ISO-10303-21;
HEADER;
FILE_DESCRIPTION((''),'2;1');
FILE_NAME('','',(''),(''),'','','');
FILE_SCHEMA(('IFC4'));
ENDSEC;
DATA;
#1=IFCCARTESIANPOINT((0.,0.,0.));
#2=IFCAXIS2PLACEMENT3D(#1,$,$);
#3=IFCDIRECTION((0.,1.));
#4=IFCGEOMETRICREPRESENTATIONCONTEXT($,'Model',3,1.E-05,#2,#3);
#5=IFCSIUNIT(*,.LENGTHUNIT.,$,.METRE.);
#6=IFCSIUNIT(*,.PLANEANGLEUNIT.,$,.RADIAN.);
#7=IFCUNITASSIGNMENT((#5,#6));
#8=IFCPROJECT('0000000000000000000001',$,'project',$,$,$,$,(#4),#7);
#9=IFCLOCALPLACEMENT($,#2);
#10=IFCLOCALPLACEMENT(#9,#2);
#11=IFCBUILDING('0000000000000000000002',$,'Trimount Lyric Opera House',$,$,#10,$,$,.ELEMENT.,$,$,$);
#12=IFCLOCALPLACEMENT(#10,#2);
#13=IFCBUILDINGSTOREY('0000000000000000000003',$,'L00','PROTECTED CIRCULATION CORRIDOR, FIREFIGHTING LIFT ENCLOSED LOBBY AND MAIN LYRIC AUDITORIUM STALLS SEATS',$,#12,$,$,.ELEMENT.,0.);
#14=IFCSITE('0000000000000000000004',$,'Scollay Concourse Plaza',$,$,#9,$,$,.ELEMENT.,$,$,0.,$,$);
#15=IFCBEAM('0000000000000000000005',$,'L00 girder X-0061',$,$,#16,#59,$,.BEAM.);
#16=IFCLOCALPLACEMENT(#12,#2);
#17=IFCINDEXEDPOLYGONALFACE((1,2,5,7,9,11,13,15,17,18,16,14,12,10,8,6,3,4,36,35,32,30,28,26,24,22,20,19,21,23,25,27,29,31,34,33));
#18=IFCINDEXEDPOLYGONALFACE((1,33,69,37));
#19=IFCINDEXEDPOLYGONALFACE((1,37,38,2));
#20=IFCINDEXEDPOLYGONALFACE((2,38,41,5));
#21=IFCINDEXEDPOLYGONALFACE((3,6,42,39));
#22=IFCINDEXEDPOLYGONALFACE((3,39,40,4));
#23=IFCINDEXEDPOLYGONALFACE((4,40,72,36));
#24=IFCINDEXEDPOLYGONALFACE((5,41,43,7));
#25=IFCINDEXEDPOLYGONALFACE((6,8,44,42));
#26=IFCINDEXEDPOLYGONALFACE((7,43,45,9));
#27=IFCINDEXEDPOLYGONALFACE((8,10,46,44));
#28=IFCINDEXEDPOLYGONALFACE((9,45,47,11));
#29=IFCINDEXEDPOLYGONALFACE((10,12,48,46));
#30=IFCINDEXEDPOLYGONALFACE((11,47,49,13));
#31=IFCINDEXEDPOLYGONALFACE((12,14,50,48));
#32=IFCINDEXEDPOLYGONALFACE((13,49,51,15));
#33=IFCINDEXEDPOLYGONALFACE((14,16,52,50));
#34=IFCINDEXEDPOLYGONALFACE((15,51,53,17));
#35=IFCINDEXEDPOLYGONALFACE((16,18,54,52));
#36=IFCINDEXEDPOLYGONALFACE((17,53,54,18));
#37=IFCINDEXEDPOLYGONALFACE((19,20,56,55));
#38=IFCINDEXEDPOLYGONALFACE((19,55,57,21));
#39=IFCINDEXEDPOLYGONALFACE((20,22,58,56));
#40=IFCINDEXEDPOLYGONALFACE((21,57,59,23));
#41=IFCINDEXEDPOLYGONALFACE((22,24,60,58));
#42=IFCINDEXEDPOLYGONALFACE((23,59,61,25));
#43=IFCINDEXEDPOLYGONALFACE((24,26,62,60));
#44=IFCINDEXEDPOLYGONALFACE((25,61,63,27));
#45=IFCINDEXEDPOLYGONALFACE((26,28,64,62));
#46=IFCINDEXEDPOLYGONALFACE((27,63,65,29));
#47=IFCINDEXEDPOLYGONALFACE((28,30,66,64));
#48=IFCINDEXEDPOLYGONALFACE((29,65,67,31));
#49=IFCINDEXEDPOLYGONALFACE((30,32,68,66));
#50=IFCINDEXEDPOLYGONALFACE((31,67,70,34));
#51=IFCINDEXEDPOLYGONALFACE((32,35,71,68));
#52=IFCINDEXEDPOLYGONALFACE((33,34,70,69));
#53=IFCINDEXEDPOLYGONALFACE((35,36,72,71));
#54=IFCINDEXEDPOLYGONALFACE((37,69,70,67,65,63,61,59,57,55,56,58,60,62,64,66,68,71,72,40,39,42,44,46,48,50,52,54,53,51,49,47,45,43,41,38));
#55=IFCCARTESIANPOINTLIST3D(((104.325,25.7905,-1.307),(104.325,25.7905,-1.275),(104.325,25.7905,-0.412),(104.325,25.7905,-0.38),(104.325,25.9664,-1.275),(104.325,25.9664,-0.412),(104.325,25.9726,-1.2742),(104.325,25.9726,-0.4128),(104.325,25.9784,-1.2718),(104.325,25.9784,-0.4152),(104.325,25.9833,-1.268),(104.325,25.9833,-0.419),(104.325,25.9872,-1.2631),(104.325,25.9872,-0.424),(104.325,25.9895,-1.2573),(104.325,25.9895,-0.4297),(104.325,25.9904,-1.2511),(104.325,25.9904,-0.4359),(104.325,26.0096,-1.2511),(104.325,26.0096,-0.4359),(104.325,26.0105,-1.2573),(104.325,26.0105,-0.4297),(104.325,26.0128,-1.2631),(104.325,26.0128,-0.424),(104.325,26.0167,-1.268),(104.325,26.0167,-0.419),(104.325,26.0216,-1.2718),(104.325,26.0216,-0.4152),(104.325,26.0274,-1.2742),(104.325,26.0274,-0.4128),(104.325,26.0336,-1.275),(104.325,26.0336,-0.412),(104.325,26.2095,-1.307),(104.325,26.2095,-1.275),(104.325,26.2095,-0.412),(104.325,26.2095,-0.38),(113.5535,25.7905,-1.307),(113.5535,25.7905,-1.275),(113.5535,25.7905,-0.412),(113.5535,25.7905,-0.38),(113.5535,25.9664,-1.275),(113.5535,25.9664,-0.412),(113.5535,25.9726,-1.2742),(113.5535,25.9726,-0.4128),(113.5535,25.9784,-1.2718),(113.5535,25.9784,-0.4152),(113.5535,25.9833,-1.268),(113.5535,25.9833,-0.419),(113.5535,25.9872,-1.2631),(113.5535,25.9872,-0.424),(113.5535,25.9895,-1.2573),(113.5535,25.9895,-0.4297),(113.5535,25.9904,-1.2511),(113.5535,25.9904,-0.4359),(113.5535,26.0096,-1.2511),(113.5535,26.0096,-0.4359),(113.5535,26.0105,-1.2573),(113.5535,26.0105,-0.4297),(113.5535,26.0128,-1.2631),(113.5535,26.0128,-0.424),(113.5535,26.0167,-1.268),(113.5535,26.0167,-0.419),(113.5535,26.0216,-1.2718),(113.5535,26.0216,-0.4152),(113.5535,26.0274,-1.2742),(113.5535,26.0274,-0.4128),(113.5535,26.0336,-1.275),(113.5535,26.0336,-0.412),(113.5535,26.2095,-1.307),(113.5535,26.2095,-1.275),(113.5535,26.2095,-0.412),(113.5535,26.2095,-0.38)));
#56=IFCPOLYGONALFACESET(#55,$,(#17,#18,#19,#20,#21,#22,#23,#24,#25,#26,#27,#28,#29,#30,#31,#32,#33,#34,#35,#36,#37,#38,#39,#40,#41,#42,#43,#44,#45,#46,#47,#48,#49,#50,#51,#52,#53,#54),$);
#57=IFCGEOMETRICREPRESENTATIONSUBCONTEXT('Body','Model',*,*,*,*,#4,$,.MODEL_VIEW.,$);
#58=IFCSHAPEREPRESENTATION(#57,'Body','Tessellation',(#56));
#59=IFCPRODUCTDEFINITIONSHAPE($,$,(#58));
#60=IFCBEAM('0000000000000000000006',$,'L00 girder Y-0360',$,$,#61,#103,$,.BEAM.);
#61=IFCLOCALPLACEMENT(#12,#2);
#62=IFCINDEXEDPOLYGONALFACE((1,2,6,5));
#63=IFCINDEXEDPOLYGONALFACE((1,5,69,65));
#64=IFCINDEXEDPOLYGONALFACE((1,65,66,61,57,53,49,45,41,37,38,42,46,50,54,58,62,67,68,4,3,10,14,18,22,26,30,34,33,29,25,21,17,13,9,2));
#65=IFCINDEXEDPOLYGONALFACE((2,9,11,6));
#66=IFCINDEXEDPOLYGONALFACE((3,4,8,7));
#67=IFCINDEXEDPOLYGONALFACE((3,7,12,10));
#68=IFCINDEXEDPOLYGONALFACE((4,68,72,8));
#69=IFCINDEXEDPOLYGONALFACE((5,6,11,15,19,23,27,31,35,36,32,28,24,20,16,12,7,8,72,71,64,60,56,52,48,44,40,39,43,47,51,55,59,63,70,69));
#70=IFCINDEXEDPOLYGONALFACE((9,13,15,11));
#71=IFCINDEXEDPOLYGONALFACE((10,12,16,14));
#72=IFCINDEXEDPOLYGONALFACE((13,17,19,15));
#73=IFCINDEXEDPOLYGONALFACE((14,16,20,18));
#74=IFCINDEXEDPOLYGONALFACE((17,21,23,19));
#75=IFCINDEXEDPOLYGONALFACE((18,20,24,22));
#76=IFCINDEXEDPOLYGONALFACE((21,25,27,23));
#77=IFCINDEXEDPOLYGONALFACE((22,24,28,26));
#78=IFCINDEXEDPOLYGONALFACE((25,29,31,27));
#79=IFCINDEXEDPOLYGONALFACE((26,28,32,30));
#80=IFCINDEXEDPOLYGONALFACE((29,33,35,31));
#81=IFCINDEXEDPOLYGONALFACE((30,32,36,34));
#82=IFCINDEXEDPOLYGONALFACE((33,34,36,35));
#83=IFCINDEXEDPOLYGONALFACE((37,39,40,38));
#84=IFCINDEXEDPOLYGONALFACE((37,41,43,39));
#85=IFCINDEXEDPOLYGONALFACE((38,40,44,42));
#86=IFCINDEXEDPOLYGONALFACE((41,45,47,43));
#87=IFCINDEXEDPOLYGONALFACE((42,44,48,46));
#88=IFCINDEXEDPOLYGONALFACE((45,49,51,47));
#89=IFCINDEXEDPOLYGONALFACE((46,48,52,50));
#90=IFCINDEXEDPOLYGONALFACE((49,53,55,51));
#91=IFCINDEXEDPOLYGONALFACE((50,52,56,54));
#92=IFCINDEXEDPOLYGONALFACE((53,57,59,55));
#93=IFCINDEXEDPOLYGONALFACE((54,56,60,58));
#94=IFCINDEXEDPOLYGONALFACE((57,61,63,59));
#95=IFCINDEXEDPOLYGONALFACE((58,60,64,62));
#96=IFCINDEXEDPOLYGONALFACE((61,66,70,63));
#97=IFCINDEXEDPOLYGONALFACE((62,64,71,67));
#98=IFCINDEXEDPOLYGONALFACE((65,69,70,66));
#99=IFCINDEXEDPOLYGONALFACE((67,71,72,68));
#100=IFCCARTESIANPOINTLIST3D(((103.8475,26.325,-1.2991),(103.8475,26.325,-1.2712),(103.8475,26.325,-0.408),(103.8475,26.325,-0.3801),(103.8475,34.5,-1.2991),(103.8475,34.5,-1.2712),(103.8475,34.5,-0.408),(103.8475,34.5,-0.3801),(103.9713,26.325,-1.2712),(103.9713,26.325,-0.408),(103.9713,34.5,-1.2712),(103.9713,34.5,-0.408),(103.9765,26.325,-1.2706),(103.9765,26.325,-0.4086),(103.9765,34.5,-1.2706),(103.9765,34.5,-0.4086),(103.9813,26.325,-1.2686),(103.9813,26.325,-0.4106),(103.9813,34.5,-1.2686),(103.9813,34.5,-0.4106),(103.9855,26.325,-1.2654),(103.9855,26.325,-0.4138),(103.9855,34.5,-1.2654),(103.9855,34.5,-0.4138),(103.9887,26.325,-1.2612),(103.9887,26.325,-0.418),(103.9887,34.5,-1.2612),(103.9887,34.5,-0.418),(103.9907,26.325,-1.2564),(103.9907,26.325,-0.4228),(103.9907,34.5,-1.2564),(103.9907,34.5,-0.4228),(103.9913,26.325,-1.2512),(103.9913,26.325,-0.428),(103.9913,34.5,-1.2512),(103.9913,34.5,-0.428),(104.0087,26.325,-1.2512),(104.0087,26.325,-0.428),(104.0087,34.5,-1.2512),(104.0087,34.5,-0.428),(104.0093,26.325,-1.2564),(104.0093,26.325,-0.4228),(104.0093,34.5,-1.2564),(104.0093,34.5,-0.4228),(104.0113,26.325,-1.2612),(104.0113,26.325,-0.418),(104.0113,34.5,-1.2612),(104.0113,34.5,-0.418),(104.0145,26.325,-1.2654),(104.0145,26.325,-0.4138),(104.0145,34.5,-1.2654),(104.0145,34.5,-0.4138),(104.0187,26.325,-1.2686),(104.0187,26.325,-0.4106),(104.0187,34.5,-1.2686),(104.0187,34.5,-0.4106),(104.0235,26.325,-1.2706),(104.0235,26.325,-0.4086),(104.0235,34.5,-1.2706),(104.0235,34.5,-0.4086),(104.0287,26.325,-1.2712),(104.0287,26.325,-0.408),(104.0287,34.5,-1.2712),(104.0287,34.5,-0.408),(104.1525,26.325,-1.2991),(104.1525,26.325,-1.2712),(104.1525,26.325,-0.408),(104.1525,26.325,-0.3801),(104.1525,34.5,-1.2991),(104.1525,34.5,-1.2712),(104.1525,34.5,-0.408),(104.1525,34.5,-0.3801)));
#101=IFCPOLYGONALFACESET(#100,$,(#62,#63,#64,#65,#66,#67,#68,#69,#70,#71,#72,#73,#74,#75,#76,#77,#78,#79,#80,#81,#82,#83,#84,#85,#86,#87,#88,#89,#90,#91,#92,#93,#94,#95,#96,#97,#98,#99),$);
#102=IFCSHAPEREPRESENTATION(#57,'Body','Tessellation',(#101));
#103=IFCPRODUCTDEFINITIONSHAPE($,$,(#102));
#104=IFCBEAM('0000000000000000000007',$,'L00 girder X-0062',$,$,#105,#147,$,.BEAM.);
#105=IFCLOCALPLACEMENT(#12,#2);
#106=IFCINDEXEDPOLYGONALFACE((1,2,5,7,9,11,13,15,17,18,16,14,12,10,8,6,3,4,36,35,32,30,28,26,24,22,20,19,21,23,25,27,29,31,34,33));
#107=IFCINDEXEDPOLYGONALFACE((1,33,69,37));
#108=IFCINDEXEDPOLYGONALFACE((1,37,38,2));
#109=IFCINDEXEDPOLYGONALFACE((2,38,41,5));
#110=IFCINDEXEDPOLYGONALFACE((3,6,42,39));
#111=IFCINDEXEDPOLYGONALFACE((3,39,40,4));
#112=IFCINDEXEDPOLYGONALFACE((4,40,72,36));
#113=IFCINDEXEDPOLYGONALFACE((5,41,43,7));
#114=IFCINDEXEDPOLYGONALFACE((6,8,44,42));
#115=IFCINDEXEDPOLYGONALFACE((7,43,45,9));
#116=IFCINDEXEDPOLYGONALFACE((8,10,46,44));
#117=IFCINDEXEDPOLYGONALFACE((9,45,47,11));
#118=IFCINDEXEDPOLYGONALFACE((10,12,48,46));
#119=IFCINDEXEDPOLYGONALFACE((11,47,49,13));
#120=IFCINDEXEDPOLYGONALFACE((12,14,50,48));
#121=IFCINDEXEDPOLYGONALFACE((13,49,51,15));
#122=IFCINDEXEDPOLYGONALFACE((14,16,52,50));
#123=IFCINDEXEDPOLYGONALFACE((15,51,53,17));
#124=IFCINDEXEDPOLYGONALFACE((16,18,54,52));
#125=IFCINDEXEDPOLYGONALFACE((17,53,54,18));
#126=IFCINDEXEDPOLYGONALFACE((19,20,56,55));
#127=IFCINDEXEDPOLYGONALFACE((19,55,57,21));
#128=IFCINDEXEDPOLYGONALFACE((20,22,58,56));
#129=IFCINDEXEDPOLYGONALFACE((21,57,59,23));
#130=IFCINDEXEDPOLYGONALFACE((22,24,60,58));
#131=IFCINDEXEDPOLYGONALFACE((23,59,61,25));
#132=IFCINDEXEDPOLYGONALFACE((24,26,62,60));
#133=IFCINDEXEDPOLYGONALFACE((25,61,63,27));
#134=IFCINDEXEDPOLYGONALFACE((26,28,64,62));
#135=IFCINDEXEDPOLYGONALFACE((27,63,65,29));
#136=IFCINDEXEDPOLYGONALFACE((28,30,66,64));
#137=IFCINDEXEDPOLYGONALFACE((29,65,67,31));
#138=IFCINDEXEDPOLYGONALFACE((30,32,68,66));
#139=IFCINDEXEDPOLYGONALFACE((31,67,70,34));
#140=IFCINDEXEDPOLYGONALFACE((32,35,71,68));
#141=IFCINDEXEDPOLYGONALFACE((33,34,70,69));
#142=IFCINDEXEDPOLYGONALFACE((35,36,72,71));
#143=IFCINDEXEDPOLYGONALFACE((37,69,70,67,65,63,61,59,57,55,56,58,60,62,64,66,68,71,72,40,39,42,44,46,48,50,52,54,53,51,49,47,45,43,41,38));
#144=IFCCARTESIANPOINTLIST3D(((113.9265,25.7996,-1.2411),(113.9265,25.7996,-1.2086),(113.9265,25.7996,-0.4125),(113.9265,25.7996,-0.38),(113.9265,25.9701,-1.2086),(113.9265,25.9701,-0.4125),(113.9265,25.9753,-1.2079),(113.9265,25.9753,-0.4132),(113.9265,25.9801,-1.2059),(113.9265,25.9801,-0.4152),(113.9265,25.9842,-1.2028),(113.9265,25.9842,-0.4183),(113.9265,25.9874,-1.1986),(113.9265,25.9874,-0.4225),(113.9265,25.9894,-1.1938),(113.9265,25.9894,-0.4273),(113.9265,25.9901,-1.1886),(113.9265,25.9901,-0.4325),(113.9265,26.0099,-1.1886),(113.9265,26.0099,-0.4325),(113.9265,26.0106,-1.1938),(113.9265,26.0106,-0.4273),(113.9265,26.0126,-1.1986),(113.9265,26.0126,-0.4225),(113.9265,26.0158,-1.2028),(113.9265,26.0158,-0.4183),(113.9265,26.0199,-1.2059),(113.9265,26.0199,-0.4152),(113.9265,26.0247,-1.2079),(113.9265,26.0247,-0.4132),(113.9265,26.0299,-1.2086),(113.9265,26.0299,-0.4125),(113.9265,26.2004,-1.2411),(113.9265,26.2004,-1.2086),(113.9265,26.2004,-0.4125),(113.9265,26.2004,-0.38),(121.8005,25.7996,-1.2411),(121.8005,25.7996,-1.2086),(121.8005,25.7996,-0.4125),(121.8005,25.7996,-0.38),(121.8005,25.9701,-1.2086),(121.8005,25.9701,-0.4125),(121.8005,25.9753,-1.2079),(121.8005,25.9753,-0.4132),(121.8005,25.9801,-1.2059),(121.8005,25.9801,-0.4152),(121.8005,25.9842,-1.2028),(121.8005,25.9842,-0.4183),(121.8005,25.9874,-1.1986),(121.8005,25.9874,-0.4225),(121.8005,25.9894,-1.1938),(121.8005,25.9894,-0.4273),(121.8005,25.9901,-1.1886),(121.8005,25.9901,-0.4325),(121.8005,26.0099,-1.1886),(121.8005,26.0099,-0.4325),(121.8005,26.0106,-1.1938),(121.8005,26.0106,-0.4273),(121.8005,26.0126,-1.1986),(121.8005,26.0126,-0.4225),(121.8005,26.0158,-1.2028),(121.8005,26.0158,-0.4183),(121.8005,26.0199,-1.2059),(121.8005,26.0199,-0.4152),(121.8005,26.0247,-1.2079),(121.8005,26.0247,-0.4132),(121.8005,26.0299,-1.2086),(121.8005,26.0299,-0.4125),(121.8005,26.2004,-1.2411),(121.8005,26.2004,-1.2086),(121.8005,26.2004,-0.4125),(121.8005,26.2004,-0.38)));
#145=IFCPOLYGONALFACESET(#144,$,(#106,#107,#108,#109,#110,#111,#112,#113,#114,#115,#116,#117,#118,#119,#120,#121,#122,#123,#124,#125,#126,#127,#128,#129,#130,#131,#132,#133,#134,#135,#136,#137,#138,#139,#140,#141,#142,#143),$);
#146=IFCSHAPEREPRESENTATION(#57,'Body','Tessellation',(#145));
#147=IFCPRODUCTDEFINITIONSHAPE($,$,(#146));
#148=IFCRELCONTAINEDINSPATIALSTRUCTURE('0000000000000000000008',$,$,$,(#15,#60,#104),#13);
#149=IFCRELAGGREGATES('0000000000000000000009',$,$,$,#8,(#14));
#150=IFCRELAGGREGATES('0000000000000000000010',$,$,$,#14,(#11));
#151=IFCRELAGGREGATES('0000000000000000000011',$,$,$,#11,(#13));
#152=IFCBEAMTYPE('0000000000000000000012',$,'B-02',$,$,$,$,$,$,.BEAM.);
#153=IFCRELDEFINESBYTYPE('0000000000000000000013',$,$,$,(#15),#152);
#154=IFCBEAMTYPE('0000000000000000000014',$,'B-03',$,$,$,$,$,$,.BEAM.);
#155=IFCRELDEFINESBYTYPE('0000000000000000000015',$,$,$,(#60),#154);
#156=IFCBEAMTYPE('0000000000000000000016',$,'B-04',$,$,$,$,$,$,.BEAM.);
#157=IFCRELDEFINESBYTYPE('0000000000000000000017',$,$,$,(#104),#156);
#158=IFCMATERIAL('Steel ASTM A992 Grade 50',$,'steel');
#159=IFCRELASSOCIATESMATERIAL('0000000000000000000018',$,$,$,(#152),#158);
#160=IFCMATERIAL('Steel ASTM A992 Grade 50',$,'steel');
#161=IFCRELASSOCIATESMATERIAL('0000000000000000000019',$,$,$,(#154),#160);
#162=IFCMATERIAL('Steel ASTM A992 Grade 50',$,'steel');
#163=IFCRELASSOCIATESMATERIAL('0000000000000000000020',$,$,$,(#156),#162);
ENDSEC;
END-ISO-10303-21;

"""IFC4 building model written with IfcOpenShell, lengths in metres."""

from ifc_helpers import new_model, si_unit, direction, frame, origin, origin_2d, place, context, subcontext, project, spatial, i_section, extrude, material, material_profile, profile_set, type_object, element, save


model = new_model("IFC4")

# Units and contexts
model_context = context("Model", 3, precision=1e-05, world=origin(), true_north=direction((0.0, 1.0)))
body_context = subcontext(model_context, "Body", "Model", "MODEL_VIEW")
ifc_project = project(units=[si_unit("LENGTHUNIT", "METRE"), si_unit("PLANEANGLEUNIT", "RADIAN")], contexts=[model_context])

# Site, building, storey
site_placement = place(None, origin())
site = spatial("IfcSite", under=ifc_project, at=site_placement, Name="Scollay Concourse Plaza", CompositionType="ELEMENT", RefElevation=0.0)
building_placement = place(site_placement, origin())
building = spatial("IfcBuilding", under=site, at=building_placement, Name="Trimount Lyric Opera House", CompositionType="ELEMENT")
storey_placement = place(building_placement, origin())
storey = spatial("IfcBuildingStorey", under=building, at=storey_placement, Name="L00", Description="PROTECTED CIRCULATION CORRIDOR, FIREFIGHTING LIFT ENCLOSED LOBBY AND MAIN LYRIC AUDITORIUM STALLS SEATS", CompositionType="ELEMENT", Elevation=0.0)

# Beams
ifc_material_1 = material(Name="Steel ASTM A992 Grade 50", Category="steel")
ifc_material_profile_1 = material_profile(ifc_material_1, i_section(OverallWidth=0.4189, OverallDepth=0.927, WebThickness=0.0193, FlangeThickness=0.032, FilletRadius=0.0239, at=origin_2d()), Name="W36X231")
ifc_profile_set_1 = profile_set([ifc_material_profile_1], Name="Steel ASTM A992 Grade 50")
beam_type_1 = type_object("IfcBeamType", Name="B-02", PredefinedType="BEAM", material=ifc_profile_set_1)
beam_1_placement = place(storey_placement, frame((104.325, 26.0, -0.8435), z_axis=(1.0, 0.0, 0.0), x_axis=(0.0, 1.0, 0.0)))
element("IfcBeam", 1, at=beam_1_placement, inside=storey, type_object=beam_type_1, Name="L00 girder X-0061", PredefinedType="BEAM", context=body_context, shape_type="SweptSolid", body=[
    extrude(i_section(OverallWidth=0.4189, OverallDepth=0.927, WebThickness=0.0193, FlangeThickness=0.032, FilletRadius=0.0239, at=origin_2d()), origin(), (0.0, 0.0, 1.0), 9.2285),
])
ifc_material_2 = material(Name="Steel ASTM A992 Grade 50", Category="steel")
ifc_material_profile_2 = material_profile(ifc_material_2, i_section(OverallWidth=0.3049, OverallDepth=0.9189, WebThickness=0.0173, FlangeThickness=0.0278, FilletRadius=0.02, at=origin_2d()), Name="W36X170")
ifc_profile_set_2 = profile_set([ifc_material_profile_2], Name="Steel ASTM A992 Grade 50")
beam_type_2 = type_object("IfcBeamType", Name="B-03", PredefinedType="BEAM", material=ifc_profile_set_2)
beam_2_placement = place(storey_placement, frame((104.0, 26.325, -0.8396), z_axis=(0.0, 1.0, 0.0), x_axis=(-1.0, 0.0, 0.0)))
element("IfcBeam", 2, at=beam_2_placement, inside=storey, type_object=beam_type_2, Name="L00 girder Y-0360", PredefinedType="BEAM", context=body_context, shape_type="SweptSolid", body=[
    extrude(i_section(OverallWidth=0.3049, OverallDepth=0.9189, WebThickness=0.0173, FlangeThickness=0.0278, FilletRadius=0.02, at=origin_2d()), origin(), (0.0, 0.0, 1.0), 8.175),
])
ifc_material_3 = material(Name="Steel ASTM A992 Grade 50", Category="steel")
ifc_material_profile_3 = material_profile(ifc_material_3, i_section(OverallWidth=0.4009, OverallDepth=0.8611, WebThickness=0.0198, FlangeThickness=0.0325, FilletRadius=0.02, at=origin_2d()), Name="W33X221")
ifc_profile_set_3 = profile_set([ifc_material_profile_3], Name="Steel ASTM A992 Grade 50")
beam_type_3 = type_object("IfcBeamType", Name="B-04", PredefinedType="BEAM", material=ifc_profile_set_3)
beam_3_placement = place(storey_placement, frame((113.9265, 26.0, -0.8105), z_axis=(1.0, 0.0, 0.0), x_axis=(0.0, 1.0, 0.0)))
element("IfcBeam", 3, at=beam_3_placement, inside=storey, type_object=beam_type_3, Name="L00 girder X-0062", PredefinedType="BEAM", context=body_context, shape_type="SweptSolid", body=[
    extrude(i_section(OverallWidth=0.4009, OverallDepth=0.8611, WebThickness=0.0198, FlangeThickness=0.0325, FilletRadius=0.02, at=origin_2d()), origin(), (0.0, 0.0, 1.0), 7.874),
])

save(model, "model.ifc")
